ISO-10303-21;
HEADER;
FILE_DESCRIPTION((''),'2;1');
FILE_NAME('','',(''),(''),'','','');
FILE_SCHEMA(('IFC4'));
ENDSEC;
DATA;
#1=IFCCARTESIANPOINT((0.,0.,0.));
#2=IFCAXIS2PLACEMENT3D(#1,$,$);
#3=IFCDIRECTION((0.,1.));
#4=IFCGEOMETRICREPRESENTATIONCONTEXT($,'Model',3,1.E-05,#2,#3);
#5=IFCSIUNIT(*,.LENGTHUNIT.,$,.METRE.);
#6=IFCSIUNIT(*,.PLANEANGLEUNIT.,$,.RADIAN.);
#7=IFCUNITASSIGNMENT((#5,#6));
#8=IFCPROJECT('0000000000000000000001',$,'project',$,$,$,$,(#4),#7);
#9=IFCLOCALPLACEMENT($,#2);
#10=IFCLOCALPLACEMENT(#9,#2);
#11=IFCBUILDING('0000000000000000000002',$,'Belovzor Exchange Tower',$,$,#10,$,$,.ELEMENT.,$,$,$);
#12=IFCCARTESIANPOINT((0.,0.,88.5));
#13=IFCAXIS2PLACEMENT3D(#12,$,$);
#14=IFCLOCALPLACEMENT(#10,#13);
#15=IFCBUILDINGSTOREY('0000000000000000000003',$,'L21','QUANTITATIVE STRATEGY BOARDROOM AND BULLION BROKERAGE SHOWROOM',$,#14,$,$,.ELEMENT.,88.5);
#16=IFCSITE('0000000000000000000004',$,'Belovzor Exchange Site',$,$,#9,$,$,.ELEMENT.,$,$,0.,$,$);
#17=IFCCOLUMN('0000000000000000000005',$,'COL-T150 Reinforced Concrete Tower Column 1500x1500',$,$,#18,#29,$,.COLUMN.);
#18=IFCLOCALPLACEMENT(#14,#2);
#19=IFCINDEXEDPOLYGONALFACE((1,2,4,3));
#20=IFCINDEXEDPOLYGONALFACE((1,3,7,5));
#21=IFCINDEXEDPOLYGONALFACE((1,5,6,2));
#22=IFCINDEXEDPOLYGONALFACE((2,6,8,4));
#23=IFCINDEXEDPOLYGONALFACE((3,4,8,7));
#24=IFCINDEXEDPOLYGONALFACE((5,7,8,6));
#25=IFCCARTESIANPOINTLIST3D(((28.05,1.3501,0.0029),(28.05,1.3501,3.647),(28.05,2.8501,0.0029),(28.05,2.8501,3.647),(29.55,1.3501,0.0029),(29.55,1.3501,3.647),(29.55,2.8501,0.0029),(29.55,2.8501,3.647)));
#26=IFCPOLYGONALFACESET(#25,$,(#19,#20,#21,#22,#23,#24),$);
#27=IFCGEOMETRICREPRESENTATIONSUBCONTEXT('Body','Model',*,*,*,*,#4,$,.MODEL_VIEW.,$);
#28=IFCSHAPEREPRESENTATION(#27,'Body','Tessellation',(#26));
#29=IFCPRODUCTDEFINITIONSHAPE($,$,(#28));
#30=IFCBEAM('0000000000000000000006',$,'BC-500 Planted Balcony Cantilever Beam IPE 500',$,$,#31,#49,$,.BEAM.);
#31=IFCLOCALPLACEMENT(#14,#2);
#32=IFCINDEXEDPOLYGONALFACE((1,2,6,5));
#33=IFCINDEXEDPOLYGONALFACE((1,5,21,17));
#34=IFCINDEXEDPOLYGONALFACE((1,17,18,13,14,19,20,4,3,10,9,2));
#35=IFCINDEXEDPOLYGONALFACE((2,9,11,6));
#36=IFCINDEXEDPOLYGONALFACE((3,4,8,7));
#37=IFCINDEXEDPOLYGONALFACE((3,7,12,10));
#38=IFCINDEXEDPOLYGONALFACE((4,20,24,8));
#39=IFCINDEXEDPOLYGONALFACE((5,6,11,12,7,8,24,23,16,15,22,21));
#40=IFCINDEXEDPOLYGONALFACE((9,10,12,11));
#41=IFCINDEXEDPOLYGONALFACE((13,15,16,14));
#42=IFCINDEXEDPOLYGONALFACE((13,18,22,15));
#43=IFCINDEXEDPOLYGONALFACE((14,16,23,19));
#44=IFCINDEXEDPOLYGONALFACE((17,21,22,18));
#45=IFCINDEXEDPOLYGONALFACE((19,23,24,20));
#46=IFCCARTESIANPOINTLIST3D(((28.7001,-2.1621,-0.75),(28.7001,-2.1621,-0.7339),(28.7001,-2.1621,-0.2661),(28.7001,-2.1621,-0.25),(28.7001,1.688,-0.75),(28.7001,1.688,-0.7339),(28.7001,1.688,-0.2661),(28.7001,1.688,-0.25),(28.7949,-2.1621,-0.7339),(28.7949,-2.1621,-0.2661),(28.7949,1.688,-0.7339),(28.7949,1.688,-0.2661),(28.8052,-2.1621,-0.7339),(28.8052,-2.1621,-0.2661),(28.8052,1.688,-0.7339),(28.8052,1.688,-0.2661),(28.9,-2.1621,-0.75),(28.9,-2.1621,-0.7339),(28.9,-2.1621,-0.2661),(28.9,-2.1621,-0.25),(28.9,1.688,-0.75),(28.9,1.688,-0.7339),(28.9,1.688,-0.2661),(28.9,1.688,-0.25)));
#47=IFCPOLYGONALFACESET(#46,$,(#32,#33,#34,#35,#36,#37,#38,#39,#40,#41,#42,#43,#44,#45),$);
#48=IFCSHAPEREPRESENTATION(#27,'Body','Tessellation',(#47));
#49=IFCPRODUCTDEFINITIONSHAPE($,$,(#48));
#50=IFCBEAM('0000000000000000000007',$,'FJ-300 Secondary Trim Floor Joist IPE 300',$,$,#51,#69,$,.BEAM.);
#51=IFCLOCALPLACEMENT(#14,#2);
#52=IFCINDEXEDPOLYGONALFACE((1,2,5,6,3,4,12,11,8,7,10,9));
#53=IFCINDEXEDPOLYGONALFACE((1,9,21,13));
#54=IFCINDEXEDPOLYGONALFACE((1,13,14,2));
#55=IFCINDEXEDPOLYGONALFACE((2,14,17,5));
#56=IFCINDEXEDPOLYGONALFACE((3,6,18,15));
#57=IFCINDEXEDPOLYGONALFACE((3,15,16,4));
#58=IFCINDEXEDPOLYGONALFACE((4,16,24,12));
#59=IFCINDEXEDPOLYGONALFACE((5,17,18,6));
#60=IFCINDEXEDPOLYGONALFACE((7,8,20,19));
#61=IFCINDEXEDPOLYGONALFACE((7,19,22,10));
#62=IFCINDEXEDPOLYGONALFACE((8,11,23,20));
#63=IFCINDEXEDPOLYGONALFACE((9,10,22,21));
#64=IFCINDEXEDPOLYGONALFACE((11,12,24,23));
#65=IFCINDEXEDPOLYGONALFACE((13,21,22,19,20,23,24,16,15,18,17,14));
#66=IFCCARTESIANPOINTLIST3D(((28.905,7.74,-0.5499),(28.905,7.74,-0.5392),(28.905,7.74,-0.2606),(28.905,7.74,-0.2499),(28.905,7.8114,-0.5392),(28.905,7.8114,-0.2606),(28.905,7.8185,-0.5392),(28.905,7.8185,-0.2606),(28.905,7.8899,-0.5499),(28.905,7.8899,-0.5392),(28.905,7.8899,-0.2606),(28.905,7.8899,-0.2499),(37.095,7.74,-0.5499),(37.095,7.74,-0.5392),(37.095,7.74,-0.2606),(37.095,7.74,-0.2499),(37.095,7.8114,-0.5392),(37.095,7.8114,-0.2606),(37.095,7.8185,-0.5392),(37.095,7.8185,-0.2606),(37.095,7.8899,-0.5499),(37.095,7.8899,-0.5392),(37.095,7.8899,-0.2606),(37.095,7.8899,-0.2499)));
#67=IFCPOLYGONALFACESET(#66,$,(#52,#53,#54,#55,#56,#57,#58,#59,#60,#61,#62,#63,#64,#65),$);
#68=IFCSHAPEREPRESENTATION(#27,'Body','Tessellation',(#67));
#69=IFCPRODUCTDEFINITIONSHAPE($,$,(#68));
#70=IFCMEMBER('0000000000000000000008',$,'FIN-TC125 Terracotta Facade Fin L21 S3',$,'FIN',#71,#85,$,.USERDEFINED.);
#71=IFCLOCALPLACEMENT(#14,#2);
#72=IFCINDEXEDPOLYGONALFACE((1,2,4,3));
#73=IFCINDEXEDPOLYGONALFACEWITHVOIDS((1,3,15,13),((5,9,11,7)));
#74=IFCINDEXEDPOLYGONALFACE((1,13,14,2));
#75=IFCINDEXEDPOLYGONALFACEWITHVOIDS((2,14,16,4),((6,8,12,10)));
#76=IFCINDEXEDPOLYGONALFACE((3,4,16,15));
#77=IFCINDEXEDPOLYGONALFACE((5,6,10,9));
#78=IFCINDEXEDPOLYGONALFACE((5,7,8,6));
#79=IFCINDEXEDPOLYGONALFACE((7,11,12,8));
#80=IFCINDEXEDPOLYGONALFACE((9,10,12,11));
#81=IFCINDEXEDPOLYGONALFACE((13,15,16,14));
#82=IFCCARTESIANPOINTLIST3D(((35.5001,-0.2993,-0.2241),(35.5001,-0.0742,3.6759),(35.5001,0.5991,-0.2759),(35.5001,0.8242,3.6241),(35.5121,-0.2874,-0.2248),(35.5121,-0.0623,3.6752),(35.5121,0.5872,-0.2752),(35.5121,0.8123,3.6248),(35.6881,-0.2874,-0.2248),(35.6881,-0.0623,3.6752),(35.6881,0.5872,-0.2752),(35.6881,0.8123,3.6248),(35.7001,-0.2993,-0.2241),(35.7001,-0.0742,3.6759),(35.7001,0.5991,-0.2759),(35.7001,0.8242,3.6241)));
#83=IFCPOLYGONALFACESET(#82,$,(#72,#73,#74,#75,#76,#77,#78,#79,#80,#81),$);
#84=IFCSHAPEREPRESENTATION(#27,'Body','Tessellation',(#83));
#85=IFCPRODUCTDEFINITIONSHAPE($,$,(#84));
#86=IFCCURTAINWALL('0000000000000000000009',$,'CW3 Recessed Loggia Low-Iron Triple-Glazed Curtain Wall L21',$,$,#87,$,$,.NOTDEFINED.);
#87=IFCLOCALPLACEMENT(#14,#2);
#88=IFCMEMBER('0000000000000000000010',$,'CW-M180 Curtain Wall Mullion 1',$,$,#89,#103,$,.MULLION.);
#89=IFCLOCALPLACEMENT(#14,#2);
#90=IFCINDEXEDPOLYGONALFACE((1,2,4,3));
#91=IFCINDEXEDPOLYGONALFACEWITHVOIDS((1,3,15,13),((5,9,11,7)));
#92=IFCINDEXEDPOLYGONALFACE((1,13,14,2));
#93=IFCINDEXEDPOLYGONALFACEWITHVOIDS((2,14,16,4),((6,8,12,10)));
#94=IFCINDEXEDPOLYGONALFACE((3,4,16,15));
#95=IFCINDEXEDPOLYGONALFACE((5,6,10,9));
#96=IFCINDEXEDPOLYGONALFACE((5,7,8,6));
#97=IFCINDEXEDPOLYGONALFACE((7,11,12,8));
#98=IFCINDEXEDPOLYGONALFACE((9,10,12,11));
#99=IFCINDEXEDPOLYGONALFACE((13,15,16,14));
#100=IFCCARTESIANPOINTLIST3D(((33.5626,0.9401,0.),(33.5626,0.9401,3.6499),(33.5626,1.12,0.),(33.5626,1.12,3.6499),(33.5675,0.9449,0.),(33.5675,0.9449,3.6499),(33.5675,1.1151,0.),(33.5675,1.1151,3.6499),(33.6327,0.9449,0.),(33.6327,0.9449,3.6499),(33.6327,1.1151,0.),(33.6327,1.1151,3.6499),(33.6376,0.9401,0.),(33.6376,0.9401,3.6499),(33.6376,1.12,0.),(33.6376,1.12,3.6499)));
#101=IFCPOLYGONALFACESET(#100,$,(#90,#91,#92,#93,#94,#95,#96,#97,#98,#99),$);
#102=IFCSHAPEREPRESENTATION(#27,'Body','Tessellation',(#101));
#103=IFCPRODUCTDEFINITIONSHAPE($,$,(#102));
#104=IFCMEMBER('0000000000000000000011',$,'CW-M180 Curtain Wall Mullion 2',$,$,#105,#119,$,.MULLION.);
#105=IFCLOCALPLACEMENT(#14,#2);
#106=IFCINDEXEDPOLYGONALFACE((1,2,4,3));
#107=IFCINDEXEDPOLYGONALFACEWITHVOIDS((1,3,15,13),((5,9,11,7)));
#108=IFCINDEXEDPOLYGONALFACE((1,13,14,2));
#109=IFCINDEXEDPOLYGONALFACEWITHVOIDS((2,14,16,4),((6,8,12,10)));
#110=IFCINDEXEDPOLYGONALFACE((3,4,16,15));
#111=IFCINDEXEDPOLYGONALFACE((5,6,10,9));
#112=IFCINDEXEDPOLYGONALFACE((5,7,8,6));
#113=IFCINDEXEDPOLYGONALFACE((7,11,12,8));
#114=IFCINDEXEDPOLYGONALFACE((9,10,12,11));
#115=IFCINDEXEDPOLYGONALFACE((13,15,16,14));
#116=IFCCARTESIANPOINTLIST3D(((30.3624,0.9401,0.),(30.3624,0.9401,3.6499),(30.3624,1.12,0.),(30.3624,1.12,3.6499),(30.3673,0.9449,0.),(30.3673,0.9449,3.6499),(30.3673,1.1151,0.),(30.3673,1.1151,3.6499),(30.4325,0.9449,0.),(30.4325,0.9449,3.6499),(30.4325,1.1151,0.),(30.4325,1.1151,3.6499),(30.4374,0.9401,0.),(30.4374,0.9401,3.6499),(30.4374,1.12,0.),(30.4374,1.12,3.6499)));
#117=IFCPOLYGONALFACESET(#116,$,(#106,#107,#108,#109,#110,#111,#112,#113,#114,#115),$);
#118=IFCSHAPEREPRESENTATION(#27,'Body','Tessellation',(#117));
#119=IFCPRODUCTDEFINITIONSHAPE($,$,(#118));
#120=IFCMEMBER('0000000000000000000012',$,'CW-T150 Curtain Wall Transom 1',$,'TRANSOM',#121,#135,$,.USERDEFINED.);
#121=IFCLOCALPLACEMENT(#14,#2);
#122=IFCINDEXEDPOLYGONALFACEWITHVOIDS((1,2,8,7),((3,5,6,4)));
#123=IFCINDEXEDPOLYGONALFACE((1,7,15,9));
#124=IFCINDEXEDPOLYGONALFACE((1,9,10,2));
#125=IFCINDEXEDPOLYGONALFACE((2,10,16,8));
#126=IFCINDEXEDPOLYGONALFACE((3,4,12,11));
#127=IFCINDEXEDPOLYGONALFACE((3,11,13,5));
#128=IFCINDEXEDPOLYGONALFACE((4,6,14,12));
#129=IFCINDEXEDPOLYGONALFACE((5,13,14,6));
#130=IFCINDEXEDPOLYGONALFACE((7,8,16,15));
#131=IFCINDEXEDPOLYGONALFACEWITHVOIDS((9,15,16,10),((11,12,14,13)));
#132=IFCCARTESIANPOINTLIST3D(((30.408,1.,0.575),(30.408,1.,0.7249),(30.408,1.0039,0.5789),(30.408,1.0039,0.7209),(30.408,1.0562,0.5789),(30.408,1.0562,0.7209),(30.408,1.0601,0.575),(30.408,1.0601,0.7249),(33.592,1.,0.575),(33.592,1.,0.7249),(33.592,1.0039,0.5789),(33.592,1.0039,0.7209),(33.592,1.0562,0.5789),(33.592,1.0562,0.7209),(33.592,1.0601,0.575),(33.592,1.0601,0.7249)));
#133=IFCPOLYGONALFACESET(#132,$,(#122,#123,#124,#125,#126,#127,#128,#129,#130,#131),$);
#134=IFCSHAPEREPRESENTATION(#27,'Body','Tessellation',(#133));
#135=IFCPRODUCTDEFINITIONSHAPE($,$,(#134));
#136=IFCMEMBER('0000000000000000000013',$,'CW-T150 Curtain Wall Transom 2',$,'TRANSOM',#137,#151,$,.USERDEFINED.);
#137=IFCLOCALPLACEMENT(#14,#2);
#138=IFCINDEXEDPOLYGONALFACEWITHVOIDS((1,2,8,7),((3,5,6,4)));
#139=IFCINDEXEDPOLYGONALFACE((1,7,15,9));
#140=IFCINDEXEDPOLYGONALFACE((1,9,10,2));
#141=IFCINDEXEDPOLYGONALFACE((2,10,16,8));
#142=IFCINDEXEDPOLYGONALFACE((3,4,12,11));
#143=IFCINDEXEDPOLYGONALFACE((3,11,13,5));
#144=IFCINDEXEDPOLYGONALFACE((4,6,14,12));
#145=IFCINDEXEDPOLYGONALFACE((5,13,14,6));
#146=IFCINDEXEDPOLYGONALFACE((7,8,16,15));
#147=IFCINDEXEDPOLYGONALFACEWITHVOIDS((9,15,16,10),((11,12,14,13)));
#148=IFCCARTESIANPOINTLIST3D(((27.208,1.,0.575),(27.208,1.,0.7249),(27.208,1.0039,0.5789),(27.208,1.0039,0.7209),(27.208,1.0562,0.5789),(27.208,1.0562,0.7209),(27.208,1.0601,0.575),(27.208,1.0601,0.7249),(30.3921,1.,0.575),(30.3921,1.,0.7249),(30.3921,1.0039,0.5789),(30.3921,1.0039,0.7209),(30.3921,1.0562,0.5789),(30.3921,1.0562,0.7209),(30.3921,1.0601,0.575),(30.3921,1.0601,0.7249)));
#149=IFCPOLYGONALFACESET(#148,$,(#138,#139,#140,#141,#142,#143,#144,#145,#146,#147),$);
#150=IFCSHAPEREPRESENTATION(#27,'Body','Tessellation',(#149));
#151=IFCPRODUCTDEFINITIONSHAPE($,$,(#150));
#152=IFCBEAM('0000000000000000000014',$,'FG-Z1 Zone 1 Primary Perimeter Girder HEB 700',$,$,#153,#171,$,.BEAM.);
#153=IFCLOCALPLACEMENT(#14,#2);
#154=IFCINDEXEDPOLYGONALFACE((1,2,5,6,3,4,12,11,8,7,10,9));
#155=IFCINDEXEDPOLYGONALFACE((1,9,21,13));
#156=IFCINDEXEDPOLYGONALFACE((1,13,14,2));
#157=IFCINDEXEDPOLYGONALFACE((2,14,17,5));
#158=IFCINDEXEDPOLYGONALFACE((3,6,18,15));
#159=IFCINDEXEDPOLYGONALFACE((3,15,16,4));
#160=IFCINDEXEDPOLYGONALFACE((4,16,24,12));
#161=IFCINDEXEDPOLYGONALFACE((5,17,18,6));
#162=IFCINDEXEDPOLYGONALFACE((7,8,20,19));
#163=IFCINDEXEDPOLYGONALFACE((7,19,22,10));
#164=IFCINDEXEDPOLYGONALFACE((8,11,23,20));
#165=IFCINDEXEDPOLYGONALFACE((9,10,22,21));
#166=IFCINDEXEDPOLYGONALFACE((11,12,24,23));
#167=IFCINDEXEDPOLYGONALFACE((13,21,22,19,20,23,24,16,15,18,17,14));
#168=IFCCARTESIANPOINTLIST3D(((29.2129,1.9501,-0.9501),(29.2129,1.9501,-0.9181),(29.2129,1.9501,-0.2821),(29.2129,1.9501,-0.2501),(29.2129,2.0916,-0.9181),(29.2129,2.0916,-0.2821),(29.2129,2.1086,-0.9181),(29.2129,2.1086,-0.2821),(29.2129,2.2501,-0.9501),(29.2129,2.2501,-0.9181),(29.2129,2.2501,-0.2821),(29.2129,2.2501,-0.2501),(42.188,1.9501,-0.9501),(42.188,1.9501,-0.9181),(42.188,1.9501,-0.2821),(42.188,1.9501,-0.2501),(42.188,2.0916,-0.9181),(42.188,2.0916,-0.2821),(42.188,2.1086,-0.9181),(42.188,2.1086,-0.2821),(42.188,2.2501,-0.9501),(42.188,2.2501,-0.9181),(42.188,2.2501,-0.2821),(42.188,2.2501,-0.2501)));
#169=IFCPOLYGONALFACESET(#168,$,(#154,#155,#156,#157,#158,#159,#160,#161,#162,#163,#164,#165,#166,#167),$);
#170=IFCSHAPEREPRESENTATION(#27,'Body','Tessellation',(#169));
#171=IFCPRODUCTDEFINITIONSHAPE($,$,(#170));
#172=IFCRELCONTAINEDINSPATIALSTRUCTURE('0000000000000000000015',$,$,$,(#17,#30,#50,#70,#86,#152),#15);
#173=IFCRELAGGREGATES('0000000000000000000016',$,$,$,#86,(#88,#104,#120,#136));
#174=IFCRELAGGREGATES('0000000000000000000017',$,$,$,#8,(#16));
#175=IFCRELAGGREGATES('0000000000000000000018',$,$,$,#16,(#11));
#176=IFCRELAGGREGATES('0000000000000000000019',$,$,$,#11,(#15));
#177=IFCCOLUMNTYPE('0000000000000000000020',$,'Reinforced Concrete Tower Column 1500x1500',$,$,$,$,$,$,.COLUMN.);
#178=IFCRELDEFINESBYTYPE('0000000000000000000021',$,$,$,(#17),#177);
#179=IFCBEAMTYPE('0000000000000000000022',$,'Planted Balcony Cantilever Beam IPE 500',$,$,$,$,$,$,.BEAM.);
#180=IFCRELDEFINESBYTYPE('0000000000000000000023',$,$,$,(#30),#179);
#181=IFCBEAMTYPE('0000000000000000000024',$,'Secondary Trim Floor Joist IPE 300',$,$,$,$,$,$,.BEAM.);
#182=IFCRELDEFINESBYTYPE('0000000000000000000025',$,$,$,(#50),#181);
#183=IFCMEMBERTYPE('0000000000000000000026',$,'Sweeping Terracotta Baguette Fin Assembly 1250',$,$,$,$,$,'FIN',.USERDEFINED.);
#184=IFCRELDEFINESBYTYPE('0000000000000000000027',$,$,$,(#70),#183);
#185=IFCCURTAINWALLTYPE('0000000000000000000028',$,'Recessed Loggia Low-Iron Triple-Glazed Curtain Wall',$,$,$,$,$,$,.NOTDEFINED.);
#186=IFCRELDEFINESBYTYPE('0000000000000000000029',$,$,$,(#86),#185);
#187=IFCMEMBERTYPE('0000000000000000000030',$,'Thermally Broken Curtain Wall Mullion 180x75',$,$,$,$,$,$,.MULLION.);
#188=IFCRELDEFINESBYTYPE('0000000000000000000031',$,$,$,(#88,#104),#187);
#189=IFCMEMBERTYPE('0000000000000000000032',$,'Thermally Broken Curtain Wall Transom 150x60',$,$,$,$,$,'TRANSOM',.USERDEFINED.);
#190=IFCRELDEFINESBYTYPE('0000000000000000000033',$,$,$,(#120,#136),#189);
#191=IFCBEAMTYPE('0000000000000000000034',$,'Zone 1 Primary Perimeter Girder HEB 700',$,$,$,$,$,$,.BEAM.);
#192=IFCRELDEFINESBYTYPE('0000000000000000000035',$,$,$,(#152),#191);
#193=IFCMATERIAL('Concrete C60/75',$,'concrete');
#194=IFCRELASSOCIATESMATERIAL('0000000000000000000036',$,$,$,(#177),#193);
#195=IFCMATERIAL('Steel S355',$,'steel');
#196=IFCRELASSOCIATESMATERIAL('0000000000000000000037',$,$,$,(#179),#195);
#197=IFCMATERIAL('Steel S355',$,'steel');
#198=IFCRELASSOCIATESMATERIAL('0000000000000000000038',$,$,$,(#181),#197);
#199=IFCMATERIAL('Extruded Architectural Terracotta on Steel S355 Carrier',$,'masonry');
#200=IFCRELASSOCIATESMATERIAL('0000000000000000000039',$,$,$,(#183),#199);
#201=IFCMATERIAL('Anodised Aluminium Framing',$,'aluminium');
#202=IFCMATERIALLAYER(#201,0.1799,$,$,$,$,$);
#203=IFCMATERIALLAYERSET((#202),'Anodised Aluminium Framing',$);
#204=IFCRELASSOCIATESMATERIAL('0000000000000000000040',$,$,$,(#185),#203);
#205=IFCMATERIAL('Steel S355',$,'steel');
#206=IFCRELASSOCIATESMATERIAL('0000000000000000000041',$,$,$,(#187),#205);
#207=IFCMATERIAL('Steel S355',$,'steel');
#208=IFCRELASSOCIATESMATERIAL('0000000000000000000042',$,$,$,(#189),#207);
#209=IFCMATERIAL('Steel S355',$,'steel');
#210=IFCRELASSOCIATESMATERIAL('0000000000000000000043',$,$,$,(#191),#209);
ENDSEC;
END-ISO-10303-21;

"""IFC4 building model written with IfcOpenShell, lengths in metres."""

from ifc_helpers import new_model, si_unit, direction, frame, origin, origin_2d, place, context, subcontext, project, spatial, rectangle, hollow_rectangle, i_section, extrude, material, layer, layer_set, material_profile, profile_set, type_object, element, aggregate, save


model = new_model("IFC4")

# Units and contexts
model_context = context("Model", 3, precision=1e-05, world=origin(), true_north=direction((0.0, 1.0)))
body_context = subcontext(model_context, "Body", "Model", "MODEL_VIEW")
ifc_project = project(units=[si_unit("LENGTHUNIT", "METRE"), si_unit("PLANEANGLEUNIT", "RADIAN")], contexts=[model_context])

# Site, building, storey
site_placement = place(None, origin())
site = spatial("IfcSite", under=ifc_project, at=site_placement, Name="Belovzor Exchange Site", CompositionType="ELEMENT", RefElevation=0.0)
building_placement = place(site_placement, origin())
building = spatial("IfcBuilding", under=site, at=building_placement, Name="Belovzor Exchange Tower", CompositionType="ELEMENT")
storey_placement = place(building_placement, frame((0.0, 0.0, 88.5)))
storey = spatial("IfcBuildingStorey", under=building, at=storey_placement, Name="L21", Description="QUANTITATIVE STRATEGY BOARDROOM AND BULLION BROKERAGE SHOWROOM", CompositionType="ELEMENT", Elevation=88.5)

# Column
ifc_material_1 = material(Name="Concrete C60/75", Category="concrete")
ifc_material_profile_1 = material_profile(ifc_material_1, rectangle(XDim=1.5, YDim=1.5, at=origin_2d()))
ifc_profile_set_1 = profile_set([ifc_material_profile_1], Name="Concrete C60/75")
column_type = type_object("IfcColumnType", Name="Reinforced Concrete Tower Column 1500x1500", PredefinedType="COLUMN", material=ifc_profile_set_1)
column_placement = place(storey_placement, frame((28.8, 2.1001, 0.0029), z_axis=(0.0, 0.0, 1.0), x_axis=(1.0, 0.0, 0.0)))
element("IfcColumn", 1, at=column_placement, inside=storey, type_object=column_type, Name="COL-T150 Reinforced Concrete Tower Column 1500x1500", PredefinedType="COLUMN", context=body_context, shape_type="SweptSolid", body=[
    extrude(rectangle(XDim=1.5, YDim=1.5, at=origin_2d()), origin(), (0.0, 0.0, 1.0), 3.644),
])

# Beams
ifc_material_2 = material(Name="Steel S355", Category="steel")
ifc_material_profile_2 = material_profile(ifc_material_2, i_section(OverallWidth=0.2, OverallDepth=0.5, WebThickness=0.0103, FlangeThickness=0.0161, at=origin_2d()))
ifc_profile_set_2 = profile_set([ifc_material_profile_2], Name="Steel S355")
beam_type_1 = type_object("IfcBeamType", Name="Planted Balcony Cantilever Beam IPE 500", PredefinedType="BEAM", material=ifc_profile_set_2)
beam_1_placement = place(storey_placement, frame((28.8, 1.688, -0.5), z_axis=(0.0, -1.0, 0.0), x_axis=(1.0, 0.0, 0.0)))
element("IfcBeam", 2, at=beam_1_placement, inside=storey, type_object=beam_type_1, Name="BC-500 Planted Balcony Cantilever Beam IPE 500", PredefinedType="BEAM", context=body_context, shape_type="SweptSolid", body=[
    extrude(i_section(OverallWidth=0.2, OverallDepth=0.5, WebThickness=0.0103, FlangeThickness=0.0161, at=origin_2d()), origin(), (0.0, 0.0, 1.0), 3.8501),
])
ifc_material_3 = material(Name="Steel S355", Category="steel")
ifc_material_profile_3 = material_profile(ifc_material_3, i_section(OverallWidth=0.1499, OverallDepth=0.3, WebThickness=0.0071, FlangeThickness=0.0107, at=origin_2d()))
ifc_profile_set_3 = profile_set([ifc_material_profile_3], Name="Steel S355")
beam_type_2 = type_object("IfcBeamType", Name="Secondary Trim Floor Joist IPE 300", PredefinedType="BEAM", material=ifc_profile_set_3)
beam_2_placement = place(storey_placement, frame((28.905, 7.8149, -0.3999), z_axis=(1.0, 0.0, 0.0), x_axis=(0.0, 1.0, 0.0)))
element("IfcBeam", 3, at=beam_2_placement, inside=storey, type_object=beam_type_2, Name="FJ-300 Secondary Trim Floor Joist IPE 300", PredefinedType="BEAM", context=body_context, shape_type="SweptSolid", body=[
    extrude(i_section(OverallWidth=0.1499, OverallDepth=0.3, WebThickness=0.0071, FlangeThickness=0.0107, at=origin_2d()), origin(), (0.0, 0.0, 1.0), 8.1899),
])

# Member
ifc_material_4 = material(Name="Extruded Architectural Terracotta on Steel S355 Carrier", Category="masonry")
ifc_material_profile_4 = material_profile(ifc_material_4, hollow_rectangle(XDim=0.2, YDim=0.8999, WallThickness=0.012, at=origin_2d()))
ifc_profile_set_4 = profile_set([ifc_material_profile_4], Name="Extruded Architectural Terracotta on Steel S355 Carrier")
member_type_1 = type_object("IfcMemberType", Name="Sweeping Terracotta Baguette Fin Assembly 1250", ElementType="FIN", PredefinedType="USERDEFINED", material=ifc_profile_set_4)
member_1_placement = place(storey_placement, frame((35.6001, 0.1499, -0.25), z_axis=(0.0, 0.057623, 0.998338), x_axis=(-1.0, 0.0, 0.0)))
element("IfcMember", 4, at=member_1_placement, inside=storey, type_object=member_type_1, Name="FIN-TC125 Terracotta Facade Fin L21 S3", ObjectType="FIN", PredefinedType="USERDEFINED", context=body_context, shape_type="SweptSolid", body=[
    extrude(hollow_rectangle(XDim=0.2, YDim=0.8999, WallThickness=0.012, at=origin_2d()), origin(), (0.0, 0.0, 1.0), 3.9065),
])

# Curtain wall, members
ifc_material_5 = material(Name="Anodised Aluminium Framing", Category="aluminium")
ifc_layer_1 = layer(ifc_material_5, 0.1799)
ifc_layer_set_1 = layer_set([ifc_layer_1], Name="Anodised Aluminium Framing")
curtain_wall_type = type_object("IfcCurtainWallType", Name="Recessed Loggia Low-Iron Triple-Glazed Curtain Wall", PredefinedType="NOTDEFINED", material=ifc_layer_set_1)
curtain_wall_placement = place(storey_placement, origin())
curtain_wall = element("IfcCurtainWall", 5, at=curtain_wall_placement, inside=storey, type_object=curtain_wall_type, Name="CW3 Recessed Loggia Low-Iron Triple-Glazed Curtain Wall L21", PredefinedType="NOTDEFINED")
ifc_material_6 = material(Name="Steel S355", Category="steel")
ifc_material_profile_5 = material_profile(ifc_material_6, hollow_rectangle(XDim=0.075, YDim=0.1799, WallThickness=0.0049, at=origin_2d()))
ifc_profile_set_5 = profile_set([ifc_material_profile_5], Name="Steel S355")
member_type_2 = type_object("IfcMemberType", Name="Thermally Broken Curtain Wall Mullion 180x75", PredefinedType="MULLION", material=ifc_profile_set_5)
member_2_placement = place(storey_placement, frame((33.6001, 1.03, 0.0), z_axis=(0.0, 0.0, 1.0), x_axis=(-1.0, 0.0, 0.0)))
member_2 = element("IfcMember", 6, at=member_2_placement, type_object=member_type_2, Name="CW-M180 Curtain Wall Mullion 1", PredefinedType="MULLION", context=body_context, shape_type="SweptSolid", body=[
    extrude(hollow_rectangle(XDim=0.075, YDim=0.1799, WallThickness=0.0049, at=origin_2d()), origin(), (0.0, 0.0, 1.0), 3.6499),
])
member_3_placement = place(storey_placement, frame((30.3999, 1.03, 0.0), z_axis=(0.0, 0.0, 1.0), x_axis=(-1.0, 0.0, 0.0)))
member_3 = element("IfcMember", 7, at=member_3_placement, type_object=member_type_2, Name="CW-M180 Curtain Wall Mullion 2", PredefinedType="MULLION", context=body_context, shape_type="SweptSolid", body=[
    extrude(hollow_rectangle(XDim=0.075, YDim=0.1799, WallThickness=0.0049, at=origin_2d()), origin(), (0.0, 0.0, 1.0), 3.6499),
])
ifc_material_7 = material(Name="Steel S355", Category="steel")
ifc_material_profile_6 = material_profile(ifc_material_7, hollow_rectangle(XDim=0.0601, YDim=0.1499, WallThickness=0.0039, at=origin_2d()))
ifc_profile_set_6 = profile_set([ifc_material_profile_6], Name="Steel S355")
member_type_3 = type_object("IfcMemberType", Name="Thermally Broken Curtain Wall Transom 150x60", ElementType="TRANSOM", PredefinedType="USERDEFINED", material=ifc_profile_set_6)
member_4_placement = place(storey_placement, frame((33.592, 1.03, 0.6499), z_axis=(-1.0, 0.0, 0.0), x_axis=(0.0, -1.0, 0.0)))
member_4 = element("IfcMember", 8, at=member_4_placement, type_object=member_type_3, Name="CW-T150 Curtain Wall Transom 1", ObjectType="TRANSOM", PredefinedType="USERDEFINED", context=body_context, shape_type="SweptSolid", body=[
    extrude(hollow_rectangle(XDim=0.0601, YDim=0.1499, WallThickness=0.0039, at=origin_2d()), origin(), (0.0, 0.0, 1.0), 3.1841),
])
member_5_placement = place(storey_placement, frame((30.3921, 1.03, 0.6499), z_axis=(-1.0, 0.0, 0.0), x_axis=(0.0, -1.0, 0.0)))
member_5 = element("IfcMember", 9, at=member_5_placement, type_object=member_type_3, Name="CW-T150 Curtain Wall Transom 2", ObjectType="TRANSOM", PredefinedType="USERDEFINED", context=body_context, shape_type="SweptSolid", body=[
    extrude(hollow_rectangle(XDim=0.0601, YDim=0.1499, WallThickness=0.0039, at=origin_2d()), origin(), (0.0, 0.0, 1.0), 3.1841),
])

# Beam
ifc_material_8 = material(Name="Steel S355", Category="steel")
ifc_material_profile_7 = material_profile(ifc_material_8, i_section(OverallWidth=0.3, OverallDepth=0.7, WebThickness=0.0171, FlangeThickness=0.032, at=origin_2d()))
ifc_profile_set_7 = profile_set([ifc_material_profile_7], Name="Steel S355")
beam_type_3 = type_object("IfcBeamType", Name="Zone 1 Primary Perimeter Girder HEB 700", PredefinedType="BEAM", material=ifc_profile_set_7)
beam_3_placement = place(storey_placement, frame((29.2129, 2.1001, -0.6001), z_axis=(1.0, 0.0, 0.0), x_axis=(0.0, 1.0, 0.0)))
element("IfcBeam", 10, at=beam_3_placement, inside=storey, type_object=beam_type_3, Name="FG-Z1 Zone 1 Primary Perimeter Girder HEB 700", PredefinedType="BEAM", context=body_context, shape_type="SweptSolid", body=[
    extrude(i_section(OverallWidth=0.3, OverallDepth=0.7, WebThickness=0.0171, FlangeThickness=0.032, at=origin_2d()), origin(), (0.0, 0.0, 1.0), 12.9751),
])

aggregate(curtain_wall, [member_2, member_3, member_4, member_5])

save(model, "model.ifc")
